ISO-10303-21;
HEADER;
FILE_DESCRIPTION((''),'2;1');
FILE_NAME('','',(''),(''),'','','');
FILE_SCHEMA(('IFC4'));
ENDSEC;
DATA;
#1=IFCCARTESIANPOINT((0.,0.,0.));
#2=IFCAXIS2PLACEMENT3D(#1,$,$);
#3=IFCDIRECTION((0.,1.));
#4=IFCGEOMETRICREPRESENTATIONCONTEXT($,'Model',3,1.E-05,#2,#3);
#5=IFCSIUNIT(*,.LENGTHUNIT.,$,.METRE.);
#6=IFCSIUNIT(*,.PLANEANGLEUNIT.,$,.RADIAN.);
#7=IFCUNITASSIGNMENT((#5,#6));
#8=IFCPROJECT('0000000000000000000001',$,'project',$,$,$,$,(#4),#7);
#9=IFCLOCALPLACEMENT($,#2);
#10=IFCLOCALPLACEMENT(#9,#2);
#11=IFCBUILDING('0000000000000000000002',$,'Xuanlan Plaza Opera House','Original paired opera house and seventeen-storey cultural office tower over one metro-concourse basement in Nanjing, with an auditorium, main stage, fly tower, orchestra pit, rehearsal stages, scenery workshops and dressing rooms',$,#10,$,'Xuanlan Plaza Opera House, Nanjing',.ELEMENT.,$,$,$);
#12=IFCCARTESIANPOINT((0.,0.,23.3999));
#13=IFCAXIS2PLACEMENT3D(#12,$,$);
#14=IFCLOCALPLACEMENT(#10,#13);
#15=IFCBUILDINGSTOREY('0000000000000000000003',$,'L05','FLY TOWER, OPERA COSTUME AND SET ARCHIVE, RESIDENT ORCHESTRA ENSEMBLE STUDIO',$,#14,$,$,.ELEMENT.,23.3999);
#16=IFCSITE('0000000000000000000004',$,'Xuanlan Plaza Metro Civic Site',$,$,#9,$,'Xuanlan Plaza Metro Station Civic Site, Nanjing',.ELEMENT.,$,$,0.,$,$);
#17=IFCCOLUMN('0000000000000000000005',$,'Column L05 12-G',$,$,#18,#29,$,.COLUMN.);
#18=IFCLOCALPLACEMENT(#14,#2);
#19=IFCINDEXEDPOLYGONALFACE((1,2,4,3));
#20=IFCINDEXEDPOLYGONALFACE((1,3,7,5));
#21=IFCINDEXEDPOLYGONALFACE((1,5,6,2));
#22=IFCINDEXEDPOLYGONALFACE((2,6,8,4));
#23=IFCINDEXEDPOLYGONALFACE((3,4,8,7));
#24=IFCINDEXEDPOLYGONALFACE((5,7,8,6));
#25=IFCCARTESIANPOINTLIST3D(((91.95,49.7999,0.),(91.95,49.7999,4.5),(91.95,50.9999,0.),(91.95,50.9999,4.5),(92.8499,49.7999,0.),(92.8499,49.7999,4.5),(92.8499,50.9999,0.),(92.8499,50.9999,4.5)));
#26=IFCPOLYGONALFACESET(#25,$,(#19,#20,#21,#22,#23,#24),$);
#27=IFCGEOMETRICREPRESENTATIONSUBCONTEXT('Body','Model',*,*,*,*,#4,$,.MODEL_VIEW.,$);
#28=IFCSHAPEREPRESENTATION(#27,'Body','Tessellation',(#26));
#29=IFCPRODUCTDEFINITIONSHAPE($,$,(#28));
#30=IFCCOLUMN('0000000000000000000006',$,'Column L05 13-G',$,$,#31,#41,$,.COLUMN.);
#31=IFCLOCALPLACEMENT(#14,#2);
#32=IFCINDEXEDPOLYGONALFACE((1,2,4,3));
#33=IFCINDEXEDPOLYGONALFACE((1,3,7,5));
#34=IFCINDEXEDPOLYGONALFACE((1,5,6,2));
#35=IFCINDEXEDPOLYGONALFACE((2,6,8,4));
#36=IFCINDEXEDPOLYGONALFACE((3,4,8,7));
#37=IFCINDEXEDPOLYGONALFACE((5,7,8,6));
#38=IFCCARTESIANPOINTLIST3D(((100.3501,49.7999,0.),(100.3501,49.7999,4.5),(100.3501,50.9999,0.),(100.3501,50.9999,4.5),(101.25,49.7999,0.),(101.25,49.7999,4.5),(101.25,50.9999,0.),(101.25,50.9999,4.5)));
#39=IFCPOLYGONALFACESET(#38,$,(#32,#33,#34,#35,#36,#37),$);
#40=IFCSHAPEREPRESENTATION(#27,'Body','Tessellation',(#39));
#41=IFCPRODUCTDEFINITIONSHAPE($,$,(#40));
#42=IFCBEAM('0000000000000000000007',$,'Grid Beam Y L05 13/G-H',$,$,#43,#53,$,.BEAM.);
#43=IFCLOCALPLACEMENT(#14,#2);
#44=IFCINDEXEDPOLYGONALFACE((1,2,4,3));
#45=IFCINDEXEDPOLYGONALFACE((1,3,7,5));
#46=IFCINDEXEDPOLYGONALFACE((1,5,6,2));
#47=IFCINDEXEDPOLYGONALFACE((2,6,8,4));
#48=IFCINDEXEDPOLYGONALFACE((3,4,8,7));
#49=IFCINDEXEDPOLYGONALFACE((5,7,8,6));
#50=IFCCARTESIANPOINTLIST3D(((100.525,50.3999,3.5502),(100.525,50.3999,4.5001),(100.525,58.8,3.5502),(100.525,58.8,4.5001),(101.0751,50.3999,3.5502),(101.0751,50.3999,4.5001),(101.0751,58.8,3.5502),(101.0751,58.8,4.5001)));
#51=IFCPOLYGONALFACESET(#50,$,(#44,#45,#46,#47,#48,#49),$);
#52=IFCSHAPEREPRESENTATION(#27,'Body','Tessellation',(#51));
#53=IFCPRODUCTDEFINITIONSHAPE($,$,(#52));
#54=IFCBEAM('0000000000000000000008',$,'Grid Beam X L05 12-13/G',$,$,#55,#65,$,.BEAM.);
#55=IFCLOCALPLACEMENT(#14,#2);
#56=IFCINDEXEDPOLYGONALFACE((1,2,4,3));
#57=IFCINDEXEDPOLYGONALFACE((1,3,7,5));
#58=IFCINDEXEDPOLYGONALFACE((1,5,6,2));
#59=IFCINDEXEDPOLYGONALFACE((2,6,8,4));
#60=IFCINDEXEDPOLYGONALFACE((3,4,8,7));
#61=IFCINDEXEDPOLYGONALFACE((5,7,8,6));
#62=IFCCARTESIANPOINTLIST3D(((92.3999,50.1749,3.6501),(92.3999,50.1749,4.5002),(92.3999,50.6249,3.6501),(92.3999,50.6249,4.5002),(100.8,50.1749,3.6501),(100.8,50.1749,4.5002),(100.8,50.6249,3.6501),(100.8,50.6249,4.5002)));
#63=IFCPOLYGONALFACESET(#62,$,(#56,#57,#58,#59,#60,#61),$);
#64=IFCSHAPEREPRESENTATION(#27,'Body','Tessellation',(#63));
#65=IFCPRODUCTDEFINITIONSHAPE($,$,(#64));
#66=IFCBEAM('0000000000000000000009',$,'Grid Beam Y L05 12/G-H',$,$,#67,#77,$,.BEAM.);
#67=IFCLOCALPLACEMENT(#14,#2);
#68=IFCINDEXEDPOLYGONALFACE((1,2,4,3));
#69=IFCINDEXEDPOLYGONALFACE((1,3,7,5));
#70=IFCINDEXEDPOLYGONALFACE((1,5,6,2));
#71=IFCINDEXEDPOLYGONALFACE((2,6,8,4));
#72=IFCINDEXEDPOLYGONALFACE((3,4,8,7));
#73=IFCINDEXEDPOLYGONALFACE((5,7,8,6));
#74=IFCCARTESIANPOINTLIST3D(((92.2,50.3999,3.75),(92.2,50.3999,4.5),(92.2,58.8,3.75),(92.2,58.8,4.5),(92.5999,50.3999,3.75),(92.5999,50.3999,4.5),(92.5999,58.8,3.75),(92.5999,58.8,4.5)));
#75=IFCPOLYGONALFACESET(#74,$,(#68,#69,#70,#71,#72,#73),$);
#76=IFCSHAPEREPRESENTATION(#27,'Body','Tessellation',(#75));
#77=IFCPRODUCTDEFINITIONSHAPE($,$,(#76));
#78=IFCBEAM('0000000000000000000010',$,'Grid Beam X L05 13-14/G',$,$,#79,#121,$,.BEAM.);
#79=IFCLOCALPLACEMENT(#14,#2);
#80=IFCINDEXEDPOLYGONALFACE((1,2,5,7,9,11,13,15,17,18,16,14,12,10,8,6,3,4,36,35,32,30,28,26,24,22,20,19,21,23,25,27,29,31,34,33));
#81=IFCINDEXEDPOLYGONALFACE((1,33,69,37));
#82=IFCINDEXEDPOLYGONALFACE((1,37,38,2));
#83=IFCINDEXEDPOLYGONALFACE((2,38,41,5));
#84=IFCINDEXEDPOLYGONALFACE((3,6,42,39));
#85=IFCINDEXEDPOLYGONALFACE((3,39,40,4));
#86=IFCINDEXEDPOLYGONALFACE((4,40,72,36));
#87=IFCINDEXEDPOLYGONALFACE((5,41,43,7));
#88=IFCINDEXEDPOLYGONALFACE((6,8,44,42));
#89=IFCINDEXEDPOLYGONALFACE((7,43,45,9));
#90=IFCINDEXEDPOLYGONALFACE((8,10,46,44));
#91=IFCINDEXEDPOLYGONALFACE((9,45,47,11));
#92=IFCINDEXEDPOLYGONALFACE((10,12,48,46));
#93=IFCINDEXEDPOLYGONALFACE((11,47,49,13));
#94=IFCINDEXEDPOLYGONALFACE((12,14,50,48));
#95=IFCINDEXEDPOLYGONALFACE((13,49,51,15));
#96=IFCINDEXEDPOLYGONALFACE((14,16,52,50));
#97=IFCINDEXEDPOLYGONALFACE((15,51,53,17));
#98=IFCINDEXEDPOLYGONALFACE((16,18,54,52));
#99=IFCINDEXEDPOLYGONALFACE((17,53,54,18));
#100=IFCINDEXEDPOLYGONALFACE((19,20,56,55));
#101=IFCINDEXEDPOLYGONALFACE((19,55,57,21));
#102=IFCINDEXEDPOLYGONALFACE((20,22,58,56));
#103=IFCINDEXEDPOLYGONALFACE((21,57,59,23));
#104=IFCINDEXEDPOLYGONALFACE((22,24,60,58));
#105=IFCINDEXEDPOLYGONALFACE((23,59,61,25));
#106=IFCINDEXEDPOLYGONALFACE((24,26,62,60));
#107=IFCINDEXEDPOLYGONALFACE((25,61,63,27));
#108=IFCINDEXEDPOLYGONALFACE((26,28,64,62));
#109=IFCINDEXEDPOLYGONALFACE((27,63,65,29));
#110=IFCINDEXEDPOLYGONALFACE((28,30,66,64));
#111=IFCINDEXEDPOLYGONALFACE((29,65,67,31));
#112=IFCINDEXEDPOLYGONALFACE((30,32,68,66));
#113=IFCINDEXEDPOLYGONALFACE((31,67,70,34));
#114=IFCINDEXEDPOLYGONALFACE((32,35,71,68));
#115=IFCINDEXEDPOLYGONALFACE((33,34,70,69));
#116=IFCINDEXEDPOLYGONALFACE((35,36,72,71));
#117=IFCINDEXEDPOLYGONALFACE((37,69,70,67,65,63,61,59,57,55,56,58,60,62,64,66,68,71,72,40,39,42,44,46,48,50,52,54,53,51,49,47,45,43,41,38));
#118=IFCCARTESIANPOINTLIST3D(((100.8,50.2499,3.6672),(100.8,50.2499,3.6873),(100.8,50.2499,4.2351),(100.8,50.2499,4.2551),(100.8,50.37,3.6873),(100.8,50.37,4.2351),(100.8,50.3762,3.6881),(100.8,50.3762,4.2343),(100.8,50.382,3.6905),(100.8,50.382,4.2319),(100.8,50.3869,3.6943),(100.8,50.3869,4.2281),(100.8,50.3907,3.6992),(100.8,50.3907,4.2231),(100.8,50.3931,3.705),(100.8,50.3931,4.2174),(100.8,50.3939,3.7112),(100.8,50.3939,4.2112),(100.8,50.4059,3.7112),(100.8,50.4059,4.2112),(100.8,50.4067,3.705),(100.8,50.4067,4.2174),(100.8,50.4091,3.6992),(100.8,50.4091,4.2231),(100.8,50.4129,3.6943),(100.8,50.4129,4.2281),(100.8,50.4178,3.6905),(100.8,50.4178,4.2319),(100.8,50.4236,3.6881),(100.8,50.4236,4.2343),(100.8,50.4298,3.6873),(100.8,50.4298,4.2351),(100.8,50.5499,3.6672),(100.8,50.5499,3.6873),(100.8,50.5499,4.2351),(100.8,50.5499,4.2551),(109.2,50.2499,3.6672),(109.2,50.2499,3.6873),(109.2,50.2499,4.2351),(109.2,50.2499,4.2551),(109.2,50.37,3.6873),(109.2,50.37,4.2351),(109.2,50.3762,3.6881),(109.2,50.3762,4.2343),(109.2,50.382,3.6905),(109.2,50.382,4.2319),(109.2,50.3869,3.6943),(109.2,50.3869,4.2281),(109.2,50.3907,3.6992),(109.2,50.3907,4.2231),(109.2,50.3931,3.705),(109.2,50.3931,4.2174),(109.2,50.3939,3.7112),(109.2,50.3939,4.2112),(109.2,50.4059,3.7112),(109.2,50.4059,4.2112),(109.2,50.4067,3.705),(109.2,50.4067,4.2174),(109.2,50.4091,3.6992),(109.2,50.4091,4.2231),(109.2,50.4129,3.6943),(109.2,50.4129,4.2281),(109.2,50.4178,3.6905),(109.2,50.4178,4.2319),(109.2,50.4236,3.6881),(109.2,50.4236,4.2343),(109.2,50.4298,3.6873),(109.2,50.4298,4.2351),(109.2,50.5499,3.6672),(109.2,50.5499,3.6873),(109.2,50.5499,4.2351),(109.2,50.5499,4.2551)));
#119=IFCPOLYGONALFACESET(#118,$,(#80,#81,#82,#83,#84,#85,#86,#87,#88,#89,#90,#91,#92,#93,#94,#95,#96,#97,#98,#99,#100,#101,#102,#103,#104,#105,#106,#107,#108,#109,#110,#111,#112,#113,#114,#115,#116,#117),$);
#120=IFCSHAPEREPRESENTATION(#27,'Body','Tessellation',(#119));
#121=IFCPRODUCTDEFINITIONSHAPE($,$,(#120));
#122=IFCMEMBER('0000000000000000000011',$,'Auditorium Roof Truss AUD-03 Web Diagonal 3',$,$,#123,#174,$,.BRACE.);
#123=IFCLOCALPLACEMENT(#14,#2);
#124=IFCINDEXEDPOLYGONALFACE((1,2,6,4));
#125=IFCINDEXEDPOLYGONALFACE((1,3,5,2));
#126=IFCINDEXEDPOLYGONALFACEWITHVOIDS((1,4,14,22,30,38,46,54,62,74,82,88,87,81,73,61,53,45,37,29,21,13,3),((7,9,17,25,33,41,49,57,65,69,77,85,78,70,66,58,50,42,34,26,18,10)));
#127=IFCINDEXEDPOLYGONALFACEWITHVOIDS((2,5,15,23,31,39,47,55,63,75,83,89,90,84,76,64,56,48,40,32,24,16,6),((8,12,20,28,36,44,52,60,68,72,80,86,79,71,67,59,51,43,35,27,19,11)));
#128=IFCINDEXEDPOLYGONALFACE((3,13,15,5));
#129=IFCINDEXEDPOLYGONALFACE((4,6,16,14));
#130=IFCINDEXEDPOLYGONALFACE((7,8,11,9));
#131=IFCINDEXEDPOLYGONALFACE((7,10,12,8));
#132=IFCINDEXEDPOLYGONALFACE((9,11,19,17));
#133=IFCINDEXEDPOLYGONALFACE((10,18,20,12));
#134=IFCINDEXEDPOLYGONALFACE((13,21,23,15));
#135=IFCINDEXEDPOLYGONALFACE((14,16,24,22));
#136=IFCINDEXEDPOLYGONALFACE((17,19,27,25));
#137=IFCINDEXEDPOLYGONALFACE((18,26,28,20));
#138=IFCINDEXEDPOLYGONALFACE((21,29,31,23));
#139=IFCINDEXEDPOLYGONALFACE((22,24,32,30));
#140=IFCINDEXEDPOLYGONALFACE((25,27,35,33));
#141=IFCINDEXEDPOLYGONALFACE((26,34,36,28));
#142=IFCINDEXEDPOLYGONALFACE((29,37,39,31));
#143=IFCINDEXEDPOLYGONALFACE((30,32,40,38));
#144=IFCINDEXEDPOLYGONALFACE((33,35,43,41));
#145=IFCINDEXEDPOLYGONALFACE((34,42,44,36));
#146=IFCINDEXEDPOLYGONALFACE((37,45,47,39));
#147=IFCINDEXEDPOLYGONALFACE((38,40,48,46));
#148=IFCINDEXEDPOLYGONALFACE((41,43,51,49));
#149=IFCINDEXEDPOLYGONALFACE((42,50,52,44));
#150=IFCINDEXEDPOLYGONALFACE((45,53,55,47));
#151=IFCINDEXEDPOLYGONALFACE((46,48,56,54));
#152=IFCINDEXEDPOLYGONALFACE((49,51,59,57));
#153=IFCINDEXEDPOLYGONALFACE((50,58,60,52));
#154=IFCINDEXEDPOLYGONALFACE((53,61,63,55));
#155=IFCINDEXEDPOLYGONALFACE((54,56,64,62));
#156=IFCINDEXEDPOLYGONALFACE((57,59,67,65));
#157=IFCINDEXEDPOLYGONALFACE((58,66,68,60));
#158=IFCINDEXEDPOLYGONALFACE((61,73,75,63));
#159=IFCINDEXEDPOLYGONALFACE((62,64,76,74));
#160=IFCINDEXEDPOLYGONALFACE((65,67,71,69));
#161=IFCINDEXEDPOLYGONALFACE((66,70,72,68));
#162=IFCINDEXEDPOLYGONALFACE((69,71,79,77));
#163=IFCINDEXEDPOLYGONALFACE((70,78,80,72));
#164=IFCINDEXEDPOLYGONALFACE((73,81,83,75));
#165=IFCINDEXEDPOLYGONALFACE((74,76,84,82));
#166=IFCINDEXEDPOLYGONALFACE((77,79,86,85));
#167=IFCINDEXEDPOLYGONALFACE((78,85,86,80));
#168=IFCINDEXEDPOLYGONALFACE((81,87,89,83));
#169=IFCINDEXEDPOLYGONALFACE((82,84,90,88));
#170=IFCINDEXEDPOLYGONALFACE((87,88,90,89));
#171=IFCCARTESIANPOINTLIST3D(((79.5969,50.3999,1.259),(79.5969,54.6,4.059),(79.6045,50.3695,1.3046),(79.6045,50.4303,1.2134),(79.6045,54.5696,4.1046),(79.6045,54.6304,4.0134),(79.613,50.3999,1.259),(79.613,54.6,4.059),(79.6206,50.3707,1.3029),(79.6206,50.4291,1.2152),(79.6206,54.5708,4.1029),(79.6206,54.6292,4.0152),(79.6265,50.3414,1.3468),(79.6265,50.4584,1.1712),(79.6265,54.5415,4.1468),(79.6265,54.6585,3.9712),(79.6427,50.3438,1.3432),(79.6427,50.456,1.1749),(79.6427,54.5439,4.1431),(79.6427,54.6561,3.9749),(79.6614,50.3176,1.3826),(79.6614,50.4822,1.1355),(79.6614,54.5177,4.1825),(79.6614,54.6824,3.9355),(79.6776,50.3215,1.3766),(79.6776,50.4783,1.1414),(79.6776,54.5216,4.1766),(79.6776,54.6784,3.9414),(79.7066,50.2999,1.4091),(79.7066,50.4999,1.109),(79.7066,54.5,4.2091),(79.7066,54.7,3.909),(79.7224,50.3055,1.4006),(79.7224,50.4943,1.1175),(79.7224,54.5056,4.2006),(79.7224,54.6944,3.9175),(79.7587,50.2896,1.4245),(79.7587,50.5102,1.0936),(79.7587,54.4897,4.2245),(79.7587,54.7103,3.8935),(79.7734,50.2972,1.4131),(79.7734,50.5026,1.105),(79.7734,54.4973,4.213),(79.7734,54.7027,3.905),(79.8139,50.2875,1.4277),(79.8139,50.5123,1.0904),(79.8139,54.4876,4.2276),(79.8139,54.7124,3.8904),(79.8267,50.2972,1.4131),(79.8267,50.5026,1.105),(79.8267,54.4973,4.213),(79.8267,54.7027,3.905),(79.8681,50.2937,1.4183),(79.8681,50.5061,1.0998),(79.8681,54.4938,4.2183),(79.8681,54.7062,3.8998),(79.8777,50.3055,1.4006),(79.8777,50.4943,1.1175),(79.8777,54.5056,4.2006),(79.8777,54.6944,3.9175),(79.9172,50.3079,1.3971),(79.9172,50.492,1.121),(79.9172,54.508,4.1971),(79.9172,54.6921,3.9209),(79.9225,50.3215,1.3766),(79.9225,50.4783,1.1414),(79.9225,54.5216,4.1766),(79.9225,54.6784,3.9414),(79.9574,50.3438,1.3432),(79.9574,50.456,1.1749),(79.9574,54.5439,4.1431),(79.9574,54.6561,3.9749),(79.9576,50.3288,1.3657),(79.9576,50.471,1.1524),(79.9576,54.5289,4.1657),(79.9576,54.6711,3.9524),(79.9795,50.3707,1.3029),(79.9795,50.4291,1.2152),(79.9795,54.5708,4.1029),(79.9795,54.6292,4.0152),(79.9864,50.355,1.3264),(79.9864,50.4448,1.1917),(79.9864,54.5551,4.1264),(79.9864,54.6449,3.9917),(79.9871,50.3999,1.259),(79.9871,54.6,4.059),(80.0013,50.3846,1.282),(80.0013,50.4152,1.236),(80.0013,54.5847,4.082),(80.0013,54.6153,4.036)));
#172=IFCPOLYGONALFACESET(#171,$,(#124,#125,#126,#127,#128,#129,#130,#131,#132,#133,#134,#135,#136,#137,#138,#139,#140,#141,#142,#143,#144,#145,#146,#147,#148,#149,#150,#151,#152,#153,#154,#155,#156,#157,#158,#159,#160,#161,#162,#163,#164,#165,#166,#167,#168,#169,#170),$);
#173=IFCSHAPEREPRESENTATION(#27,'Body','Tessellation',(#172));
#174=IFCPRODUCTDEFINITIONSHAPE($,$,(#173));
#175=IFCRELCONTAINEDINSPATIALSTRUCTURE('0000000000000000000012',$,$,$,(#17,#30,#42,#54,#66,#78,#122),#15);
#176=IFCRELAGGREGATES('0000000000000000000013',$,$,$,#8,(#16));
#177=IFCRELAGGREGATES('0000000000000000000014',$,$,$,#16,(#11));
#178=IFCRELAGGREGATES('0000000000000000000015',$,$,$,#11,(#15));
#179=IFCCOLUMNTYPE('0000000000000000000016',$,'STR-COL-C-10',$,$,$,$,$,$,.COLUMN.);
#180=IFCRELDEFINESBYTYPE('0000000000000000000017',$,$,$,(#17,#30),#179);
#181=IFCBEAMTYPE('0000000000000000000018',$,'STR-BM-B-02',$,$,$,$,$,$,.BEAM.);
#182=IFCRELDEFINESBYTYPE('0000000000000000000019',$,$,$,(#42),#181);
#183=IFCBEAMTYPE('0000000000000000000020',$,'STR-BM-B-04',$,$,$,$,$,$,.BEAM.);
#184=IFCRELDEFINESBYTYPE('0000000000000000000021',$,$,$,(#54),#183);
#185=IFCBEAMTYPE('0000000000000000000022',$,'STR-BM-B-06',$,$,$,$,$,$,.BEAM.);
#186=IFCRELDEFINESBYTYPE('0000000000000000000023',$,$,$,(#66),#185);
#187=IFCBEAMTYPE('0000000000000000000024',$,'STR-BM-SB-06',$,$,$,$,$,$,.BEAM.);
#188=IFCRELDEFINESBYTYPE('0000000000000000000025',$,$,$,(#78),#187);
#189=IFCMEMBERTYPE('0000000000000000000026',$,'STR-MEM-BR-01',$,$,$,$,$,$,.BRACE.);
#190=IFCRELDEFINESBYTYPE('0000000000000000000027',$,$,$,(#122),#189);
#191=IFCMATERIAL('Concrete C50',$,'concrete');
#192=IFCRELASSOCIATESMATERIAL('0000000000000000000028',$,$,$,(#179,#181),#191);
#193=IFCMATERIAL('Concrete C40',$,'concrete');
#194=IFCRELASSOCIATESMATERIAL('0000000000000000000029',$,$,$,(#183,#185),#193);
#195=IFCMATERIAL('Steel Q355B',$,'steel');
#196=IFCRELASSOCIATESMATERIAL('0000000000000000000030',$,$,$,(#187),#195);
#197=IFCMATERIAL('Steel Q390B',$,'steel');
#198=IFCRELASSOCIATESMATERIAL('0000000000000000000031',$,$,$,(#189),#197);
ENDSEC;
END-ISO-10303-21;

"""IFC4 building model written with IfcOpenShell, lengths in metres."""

from ifc_helpers import new_model, si_unit, direction, frame, origin, origin_2d, place, context, subcontext, project, spatial, rectangle, hollow_circle, i_section, extrude, material, material_profile, profile_set, type_object, element, save


model = new_model("IFC4")

# Units and contexts
model_context = context("Model", 3, precision=1e-05, world=origin(), true_north=direction((0.0, 1.0)))
body_context = subcontext(model_context, "Body", "Model", "MODEL_VIEW")
ifc_project = project(units=[si_unit("LENGTHUNIT", "METRE"), si_unit("PLANEANGLEUNIT", "RADIAN")], contexts=[model_context])

# Site, building, storey
site_placement = place(None, origin())
site = spatial("IfcSite", under=ifc_project, at=site_placement, Name="Xuanlan Plaza Metro Civic Site", LongName="Xuanlan Plaza Metro Station Civic Site, Nanjing", CompositionType="ELEMENT", RefElevation=0.0)
building_placement = place(site_placement, origin())
building = spatial("IfcBuilding", under=site, at=building_placement, Name="Xuanlan Plaza Opera House", Description="Original paired opera house and seventeen-storey cultural office tower over one metro-concourse basement in Nanjing, with an auditorium, main stage, fly tower, orchestra pit, rehearsal stages, scenery workshops and dressing rooms", LongName="Xuanlan Plaza Opera House, Nanjing", CompositionType="ELEMENT")
storey_placement = place(building_placement, frame((0.0, 0.0, 23.3999)))
storey = spatial("IfcBuildingStorey", under=building, at=storey_placement, Name="L05", Description="FLY TOWER, OPERA COSTUME AND SET ARCHIVE, RESIDENT ORCHESTRA ENSEMBLE STUDIO", CompositionType="ELEMENT", Elevation=23.3999)

# Columns
ifc_material_1 = material(Name="Concrete C50", Category="concrete")
ifc_material_profile_1 = material_profile(ifc_material_1, rectangle(XDim=0.8999, YDim=1.2, at=origin_2d()), Name="RC-COL 900x1200")
ifc_profile_set_1 = profile_set([ifc_material_profile_1], Name="Concrete C50")
column_type = type_object("IfcColumnType", Name="STR-COL-C-10", PredefinedType="COLUMN", material=ifc_profile_set_1)
for number, where, z_axis, x_axis, name in (
    (1, (92.3999, 50.3999, 0.0), (0.0, 0.0, 1.0), (1.0, 0.0, 0.0), "Column L05 12-G"),
    (2, (100.8, 50.3999, 0.0), (0.0, 0.0, 1.0), (1.0, 0.0, 0.0), "Column L05 13-G"),
):
    element("IfcColumn", number, at=place(storey_placement, frame(where, z_axis=z_axis, x_axis=x_axis)), inside=storey, type_object=column_type, Name=name, PredefinedType="COLUMN", context=body_context, shape_type="SweptSolid", body=[
        extrude(rectangle(XDim=0.8999, YDim=1.2, at=origin_2d()), origin(), (0.0, 0.0, 1.0), 4.5),
    ])

# Beams
ifc_material_profile_2 = material_profile(ifc_material_1, rectangle(XDim=0.55, YDim=0.95, at=origin_2d()), Name="RC-BM 550x950")
ifc_profile_set_2 = profile_set([ifc_material_profile_2], Name="Concrete C50")
beam_type_1 = type_object("IfcBeamType", Name="STR-BM-B-02", PredefinedType="BEAM", material=ifc_profile_set_2)
beam_1_placement = place(storey_placement, frame((100.8, 50.3999, 4.0251), z_axis=(0.0, 1.0, 0.0), x_axis=(-1.0, 0.0, 0.0)))
element("IfcBeam", 3, at=beam_1_placement, inside=storey, type_object=beam_type_1, Name="Grid Beam Y L05 13/G-H", PredefinedType="BEAM", context=body_context, shape_type="SweptSolid", body=[
    extrude(rectangle(XDim=0.55, YDim=0.95, at=origin_2d()), origin(), (0.0, 0.0, 1.0), 8.4001),
])
ifc_material_2 = material(Name="Concrete C40", Category="concrete")
ifc_material_profile_3 = material_profile(ifc_material_2, rectangle(XDim=0.45, YDim=0.8501, at=origin_2d()), Name="RC-BM 450x850")
ifc_profile_set_3 = profile_set([ifc_material_profile_3], Name="Concrete C40")
beam_type_2 = type_object("IfcBeamType", Name="STR-BM-B-04", PredefinedType="BEAM", material=ifc_profile_set_3)
beam_2_placement = place(storey_placement, frame((92.3999, 50.3999, 4.0752), z_axis=(1.0, 0.0, 0.0), x_axis=(0.0, 1.0, 0.0)))
element("IfcBeam", 4, at=beam_2_placement, inside=storey, type_object=beam_type_2, Name="Grid Beam X L05 12-13/G", PredefinedType="BEAM", context=body_context, shape_type="SweptSolid", body=[
    extrude(rectangle(XDim=0.45, YDim=0.8501, at=origin_2d()), origin(), (0.0, 0.0, 1.0), 8.4001),
])
ifc_material_profile_4 = material_profile(ifc_material_2, rectangle(XDim=0.3999, YDim=0.75, at=origin_2d()), Name="RC-BM 400x750")
ifc_profile_set_4 = profile_set([ifc_material_profile_4], Name="Concrete C40")
beam_type_3 = type_object("IfcBeamType", Name="STR-BM-B-06", PredefinedType="BEAM", material=ifc_profile_set_4)
beam_3_placement = place(storey_placement, frame((92.3999, 50.3999, 4.125), z_axis=(0.0, 1.0, 0.0), x_axis=(-1.0, 0.0, 0.0)))
element("IfcBeam", 5, at=beam_3_placement, inside=storey, type_object=beam_type_3, Name="Grid Beam Y L05 12/G-H", PredefinedType="BEAM", context=body_context, shape_type="SweptSolid", body=[
    extrude(rectangle(XDim=0.3999, YDim=0.75, at=origin_2d()), origin(), (0.0, 0.0, 1.0), 8.4001),
])
ifc_material_3 = material(Name="Steel Q355B", Category="steel")
ifc_material_profile_5 = material_profile(ifc_material_3, i_section(OverallWidth=0.3, OverallDepth=0.5879, WebThickness=0.012, FlangeThickness=0.02, FilletRadius=0.0239, at=origin_2d()), Name="HM 588x300x12x20")
ifc_profile_set_5 = profile_set([ifc_material_profile_5], Name="Steel Q355B")
beam_type_4 = type_object("IfcBeamType", Name="STR-BM-SB-06", PredefinedType="BEAM", material=ifc_profile_set_5)
beam_4_placement = place(storey_placement, frame((100.8, 50.3999, 3.9612), z_axis=(1.0, 0.0, 0.0), x_axis=(0.0, 1.0, 0.0)))
element("IfcBeam", 6, at=beam_4_placement, inside=storey, type_object=beam_type_4, Name="Grid Beam X L05 13-14/G", PredefinedType="BEAM", context=body_context, shape_type="SweptSolid", body=[
    extrude(i_section(OverallWidth=0.3, OverallDepth=0.5879, WebThickness=0.012, FlangeThickness=0.02, FilletRadius=0.0239, at=origin_2d()), origin(), (0.0, 0.0, 1.0), 8.3999),
])

# Member
ifc_material_4 = material(Name="Steel Q390B", Category="steel")
ifc_material_profile_6 = material_profile(ifc_material_4, hollow_circle(Radius=0.2031, WallThickness=0.0161, at=origin_2d()), Name="CHS 406.4x16")
ifc_profile_set_6 = profile_set([ifc_material_profile_6], Name="Steel Q390B")
member_type_1 = type_object("IfcMemberType", Name="STR-MEM-BR-01", PredefinedType="BRACE", material=ifc_profile_set_6)
for number, where, z_axis, x_axis, name in (
    (7, (79.8, 50.3999, 1.259), (0.0, 0.832058, 0.554689), (-1.0, 0.0, 0.0), "Auditorium Roof Truss AUD-03 Web Diagonal 3"),
):
    element("IfcMember", number, at=place(storey_placement, frame(where, z_axis=z_axis, x_axis=x_axis)), inside=storey, type_object=member_type_1, Name=name, PredefinedType="BRACE", context=body_context, shape_type="SweptSolid", body=[
        extrude(hollow_circle(Radius=0.2031, WallThickness=0.0161, at=origin_2d()), origin(), (0.0, 0.0, 1.0), 5.0479),
    ])

save(model, "model.ifc")
